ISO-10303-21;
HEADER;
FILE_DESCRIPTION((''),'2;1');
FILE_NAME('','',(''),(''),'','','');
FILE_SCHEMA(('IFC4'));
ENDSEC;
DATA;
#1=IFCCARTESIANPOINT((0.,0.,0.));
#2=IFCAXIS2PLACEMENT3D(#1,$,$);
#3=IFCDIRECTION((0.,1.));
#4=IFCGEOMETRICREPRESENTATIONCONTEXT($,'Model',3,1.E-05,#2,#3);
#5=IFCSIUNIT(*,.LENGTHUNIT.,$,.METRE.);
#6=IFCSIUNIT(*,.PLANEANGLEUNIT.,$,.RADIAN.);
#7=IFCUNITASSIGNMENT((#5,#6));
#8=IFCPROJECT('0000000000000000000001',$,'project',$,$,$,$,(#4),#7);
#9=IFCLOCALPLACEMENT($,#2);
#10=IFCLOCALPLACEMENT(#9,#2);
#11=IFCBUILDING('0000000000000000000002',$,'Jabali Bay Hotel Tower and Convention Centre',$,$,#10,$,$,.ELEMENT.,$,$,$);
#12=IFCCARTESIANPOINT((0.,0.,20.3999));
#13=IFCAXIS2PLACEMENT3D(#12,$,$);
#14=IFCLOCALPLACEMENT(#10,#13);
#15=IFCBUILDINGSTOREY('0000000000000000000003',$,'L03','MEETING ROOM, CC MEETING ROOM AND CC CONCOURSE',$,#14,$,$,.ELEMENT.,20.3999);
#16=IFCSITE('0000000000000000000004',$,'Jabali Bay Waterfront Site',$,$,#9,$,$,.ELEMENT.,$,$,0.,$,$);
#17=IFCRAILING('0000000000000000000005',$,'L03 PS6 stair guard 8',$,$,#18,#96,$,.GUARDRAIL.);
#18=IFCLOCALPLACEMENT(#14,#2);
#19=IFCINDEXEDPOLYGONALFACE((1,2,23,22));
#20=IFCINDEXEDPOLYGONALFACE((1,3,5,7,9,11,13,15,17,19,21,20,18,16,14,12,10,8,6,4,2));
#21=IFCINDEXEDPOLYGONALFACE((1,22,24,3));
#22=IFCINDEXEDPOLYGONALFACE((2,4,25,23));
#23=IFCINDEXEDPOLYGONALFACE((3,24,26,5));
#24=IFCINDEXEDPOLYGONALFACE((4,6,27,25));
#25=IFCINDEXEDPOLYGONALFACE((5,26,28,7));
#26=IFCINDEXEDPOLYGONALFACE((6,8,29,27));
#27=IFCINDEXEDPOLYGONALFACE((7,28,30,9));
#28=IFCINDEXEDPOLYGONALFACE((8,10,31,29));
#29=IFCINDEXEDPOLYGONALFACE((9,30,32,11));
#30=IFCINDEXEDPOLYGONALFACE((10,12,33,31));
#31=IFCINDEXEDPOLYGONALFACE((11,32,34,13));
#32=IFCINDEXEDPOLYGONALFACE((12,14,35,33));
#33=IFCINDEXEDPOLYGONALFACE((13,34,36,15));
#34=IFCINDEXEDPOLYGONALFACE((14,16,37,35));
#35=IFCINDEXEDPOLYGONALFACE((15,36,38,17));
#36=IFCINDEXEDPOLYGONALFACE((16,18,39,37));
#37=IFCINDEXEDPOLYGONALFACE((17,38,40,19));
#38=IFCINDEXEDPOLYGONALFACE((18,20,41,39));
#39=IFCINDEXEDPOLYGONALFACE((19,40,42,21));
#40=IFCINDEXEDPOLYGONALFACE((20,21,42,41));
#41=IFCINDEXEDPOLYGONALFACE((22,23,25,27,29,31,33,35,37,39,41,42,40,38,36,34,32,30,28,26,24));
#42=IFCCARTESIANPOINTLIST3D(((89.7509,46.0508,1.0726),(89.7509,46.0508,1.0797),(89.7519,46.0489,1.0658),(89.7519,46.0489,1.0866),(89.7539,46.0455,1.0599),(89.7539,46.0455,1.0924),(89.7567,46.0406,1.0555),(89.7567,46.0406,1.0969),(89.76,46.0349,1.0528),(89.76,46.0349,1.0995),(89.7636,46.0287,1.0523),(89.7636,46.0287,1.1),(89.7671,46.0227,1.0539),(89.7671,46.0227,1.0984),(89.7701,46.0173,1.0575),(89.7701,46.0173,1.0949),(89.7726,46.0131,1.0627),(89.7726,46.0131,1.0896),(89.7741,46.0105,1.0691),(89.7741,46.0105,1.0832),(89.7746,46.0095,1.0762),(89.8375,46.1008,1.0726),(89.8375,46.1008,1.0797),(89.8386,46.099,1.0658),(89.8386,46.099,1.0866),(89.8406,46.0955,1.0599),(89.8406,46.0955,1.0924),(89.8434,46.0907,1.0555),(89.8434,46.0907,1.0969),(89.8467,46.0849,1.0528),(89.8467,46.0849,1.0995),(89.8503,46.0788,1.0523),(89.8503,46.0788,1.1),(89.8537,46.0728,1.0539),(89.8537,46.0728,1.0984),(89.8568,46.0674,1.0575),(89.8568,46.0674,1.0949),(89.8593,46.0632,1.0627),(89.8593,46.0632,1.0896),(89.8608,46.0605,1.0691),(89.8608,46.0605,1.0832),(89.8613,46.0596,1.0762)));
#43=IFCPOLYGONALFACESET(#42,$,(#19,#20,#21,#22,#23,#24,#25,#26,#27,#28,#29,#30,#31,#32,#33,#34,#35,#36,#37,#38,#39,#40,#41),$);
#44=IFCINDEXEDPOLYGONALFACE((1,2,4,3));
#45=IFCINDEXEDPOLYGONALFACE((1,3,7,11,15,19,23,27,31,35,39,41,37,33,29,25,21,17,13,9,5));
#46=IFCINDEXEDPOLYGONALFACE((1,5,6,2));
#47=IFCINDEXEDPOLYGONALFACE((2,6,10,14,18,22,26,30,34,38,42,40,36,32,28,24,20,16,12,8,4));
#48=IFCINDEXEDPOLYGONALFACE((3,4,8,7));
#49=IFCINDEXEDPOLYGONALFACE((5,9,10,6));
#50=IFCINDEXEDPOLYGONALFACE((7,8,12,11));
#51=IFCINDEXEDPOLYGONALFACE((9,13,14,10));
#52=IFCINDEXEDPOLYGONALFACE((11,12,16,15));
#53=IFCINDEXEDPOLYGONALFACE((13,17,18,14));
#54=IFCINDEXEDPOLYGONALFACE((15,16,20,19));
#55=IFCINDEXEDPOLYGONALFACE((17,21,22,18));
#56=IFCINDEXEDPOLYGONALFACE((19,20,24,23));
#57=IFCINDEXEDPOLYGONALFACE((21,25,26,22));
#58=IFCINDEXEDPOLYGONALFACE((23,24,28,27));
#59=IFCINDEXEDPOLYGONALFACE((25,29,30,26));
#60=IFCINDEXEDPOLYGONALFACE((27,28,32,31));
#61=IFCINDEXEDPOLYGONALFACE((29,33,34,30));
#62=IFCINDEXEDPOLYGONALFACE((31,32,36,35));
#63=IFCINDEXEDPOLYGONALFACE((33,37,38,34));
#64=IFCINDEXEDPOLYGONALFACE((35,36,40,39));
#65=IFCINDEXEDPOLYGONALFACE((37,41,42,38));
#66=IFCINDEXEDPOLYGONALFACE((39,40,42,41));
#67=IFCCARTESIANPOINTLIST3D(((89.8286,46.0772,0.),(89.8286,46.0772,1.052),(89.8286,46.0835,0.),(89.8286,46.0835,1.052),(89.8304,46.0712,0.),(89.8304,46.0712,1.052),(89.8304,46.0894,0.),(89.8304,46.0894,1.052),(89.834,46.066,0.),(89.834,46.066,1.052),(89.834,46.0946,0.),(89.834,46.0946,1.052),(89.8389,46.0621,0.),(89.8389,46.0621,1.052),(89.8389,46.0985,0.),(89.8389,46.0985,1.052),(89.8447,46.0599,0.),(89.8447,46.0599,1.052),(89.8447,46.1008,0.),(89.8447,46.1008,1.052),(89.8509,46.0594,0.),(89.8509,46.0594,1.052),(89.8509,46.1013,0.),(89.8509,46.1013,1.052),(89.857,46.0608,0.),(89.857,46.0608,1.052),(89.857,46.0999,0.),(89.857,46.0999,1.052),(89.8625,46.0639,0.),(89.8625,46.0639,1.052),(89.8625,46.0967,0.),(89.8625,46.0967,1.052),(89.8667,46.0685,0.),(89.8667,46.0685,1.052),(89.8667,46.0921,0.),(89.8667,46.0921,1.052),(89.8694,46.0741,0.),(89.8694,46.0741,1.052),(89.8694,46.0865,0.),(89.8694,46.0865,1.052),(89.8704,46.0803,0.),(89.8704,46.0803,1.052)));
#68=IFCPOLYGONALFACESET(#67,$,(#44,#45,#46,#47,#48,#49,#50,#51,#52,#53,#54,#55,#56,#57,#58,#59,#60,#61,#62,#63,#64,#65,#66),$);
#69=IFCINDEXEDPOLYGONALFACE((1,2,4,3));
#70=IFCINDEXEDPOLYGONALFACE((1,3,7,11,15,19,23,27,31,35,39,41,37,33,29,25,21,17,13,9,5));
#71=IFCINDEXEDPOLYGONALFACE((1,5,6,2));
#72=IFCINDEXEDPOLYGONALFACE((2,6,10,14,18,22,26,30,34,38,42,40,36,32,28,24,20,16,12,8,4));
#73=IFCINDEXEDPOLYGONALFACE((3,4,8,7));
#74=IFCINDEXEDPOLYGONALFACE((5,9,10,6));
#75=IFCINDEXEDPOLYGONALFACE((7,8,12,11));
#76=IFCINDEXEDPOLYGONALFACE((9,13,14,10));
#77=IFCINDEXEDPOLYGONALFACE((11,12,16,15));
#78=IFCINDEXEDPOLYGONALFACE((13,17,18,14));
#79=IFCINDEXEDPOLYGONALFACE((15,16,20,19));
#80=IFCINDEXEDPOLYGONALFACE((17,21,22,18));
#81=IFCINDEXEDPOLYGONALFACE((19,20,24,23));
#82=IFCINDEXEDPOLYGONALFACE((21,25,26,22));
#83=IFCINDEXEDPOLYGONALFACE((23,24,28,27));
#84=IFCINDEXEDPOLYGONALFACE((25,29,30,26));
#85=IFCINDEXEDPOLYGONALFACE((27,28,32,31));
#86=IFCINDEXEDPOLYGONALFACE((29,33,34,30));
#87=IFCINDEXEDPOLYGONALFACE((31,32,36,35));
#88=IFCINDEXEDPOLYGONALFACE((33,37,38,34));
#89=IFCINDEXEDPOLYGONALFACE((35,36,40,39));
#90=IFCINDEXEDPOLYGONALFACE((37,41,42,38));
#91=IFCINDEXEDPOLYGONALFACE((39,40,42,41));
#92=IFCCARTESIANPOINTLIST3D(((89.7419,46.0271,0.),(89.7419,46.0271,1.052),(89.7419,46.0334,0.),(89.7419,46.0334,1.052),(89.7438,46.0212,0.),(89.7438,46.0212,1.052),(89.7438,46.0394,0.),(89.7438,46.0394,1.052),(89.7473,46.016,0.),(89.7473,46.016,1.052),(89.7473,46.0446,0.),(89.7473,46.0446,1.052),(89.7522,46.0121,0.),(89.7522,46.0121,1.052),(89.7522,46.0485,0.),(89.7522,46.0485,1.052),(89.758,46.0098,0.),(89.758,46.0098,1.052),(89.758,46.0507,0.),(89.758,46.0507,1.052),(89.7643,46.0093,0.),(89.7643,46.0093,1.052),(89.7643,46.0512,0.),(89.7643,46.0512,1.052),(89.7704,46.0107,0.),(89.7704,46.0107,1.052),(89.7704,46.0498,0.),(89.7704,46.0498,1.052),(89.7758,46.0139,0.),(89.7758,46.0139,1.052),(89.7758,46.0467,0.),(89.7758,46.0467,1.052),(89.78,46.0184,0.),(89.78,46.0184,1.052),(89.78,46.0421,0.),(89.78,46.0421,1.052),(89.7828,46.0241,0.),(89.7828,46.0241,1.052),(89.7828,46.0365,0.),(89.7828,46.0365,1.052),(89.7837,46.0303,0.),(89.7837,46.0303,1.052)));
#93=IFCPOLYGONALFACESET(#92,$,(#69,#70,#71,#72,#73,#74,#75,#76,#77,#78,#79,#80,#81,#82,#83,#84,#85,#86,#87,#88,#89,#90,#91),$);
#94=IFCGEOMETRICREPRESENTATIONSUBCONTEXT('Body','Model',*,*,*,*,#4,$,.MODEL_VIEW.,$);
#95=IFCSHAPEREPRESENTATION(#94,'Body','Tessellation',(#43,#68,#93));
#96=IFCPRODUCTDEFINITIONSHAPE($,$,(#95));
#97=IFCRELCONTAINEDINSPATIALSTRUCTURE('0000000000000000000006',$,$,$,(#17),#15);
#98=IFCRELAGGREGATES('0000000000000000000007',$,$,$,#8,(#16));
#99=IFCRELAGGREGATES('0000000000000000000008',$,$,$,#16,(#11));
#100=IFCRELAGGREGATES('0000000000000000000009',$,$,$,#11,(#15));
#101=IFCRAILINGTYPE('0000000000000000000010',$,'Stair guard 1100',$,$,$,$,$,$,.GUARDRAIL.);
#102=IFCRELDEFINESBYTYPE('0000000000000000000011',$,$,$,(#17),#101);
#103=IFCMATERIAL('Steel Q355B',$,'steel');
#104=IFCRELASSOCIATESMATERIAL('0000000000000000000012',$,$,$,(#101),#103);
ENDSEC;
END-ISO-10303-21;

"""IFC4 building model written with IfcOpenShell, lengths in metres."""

from ifc_helpers import new_model, si_unit, direction, frame, origin, origin_2d, place, context, subcontext, project, spatial, circle, extrude, material, type_object, element, save


model = new_model("IFC4")

# Units and contexts
model_context = context("Model", 3, precision=1e-05, world=origin(), true_north=direction((0.0, 1.0)))
body_context = subcontext(model_context, "Body", "Model", "MODEL_VIEW")
ifc_project = project(units=[si_unit("LENGTHUNIT", "METRE"), si_unit("PLANEANGLEUNIT", "RADIAN")], contexts=[model_context])

# Site, building, storey
site_placement = place(None, origin())
site = spatial("IfcSite", under=ifc_project, at=site_placement, Name="Jabali Bay Waterfront Site", CompositionType="ELEMENT", RefElevation=0.0)
building_placement = place(site_placement, origin())
building = spatial("IfcBuilding", under=site, at=building_placement, Name="Jabali Bay Hotel Tower and Convention Centre", CompositionType="ELEMENT")
storey_placement = place(building_placement, frame((0.0, 0.0, 20.3999)))
storey = spatial("IfcBuildingStorey", under=building, at=storey_placement, Name="L03", Description="MEETING ROOM, CC MEETING ROOM AND CC CONCOURSE", CompositionType="ELEMENT", Elevation=20.3999)

# Railing
ifc_material_1 = material(Name="Steel Q355B", Category="steel")
railing_type_1 = type_object("IfcRailingType", Name="Stair guard 1100", PredefinedType="GUARDRAIL", material=ifc_material_1)
railing_1_placement = place(storey_placement, frame((89.8494, 46.0803, 0.0)))
element("IfcRailing", 1, at=railing_1_placement, inside=storey, type_object=railing_type_1, Name="L03 PS6 stair guard 8", PredefinedType="GUARDRAIL", context=body_context, shape_type="SweptSolid", body=[
    extrude(circle(Radius=0.0239, at=origin_2d()), frame((0.0, 0.0, 1.0762), z_axis=(-0.865982, -0.500074, 0.0), x_axis=(0.500074, -0.865982, 0.0)), (0.0, 0.0, 1.0), 0.1001),
    extrude(circle(Radius=0.021, at=origin_2d()), origin(), (0.0, 0.0, 1.0), 1.052),
    extrude(circle(Radius=0.021, at=origin_2d()), frame((-0.0867, -0.05, 0.0)), (0.0, 0.0, 1.0), 1.052),
])

save(model, "model.ifc")
